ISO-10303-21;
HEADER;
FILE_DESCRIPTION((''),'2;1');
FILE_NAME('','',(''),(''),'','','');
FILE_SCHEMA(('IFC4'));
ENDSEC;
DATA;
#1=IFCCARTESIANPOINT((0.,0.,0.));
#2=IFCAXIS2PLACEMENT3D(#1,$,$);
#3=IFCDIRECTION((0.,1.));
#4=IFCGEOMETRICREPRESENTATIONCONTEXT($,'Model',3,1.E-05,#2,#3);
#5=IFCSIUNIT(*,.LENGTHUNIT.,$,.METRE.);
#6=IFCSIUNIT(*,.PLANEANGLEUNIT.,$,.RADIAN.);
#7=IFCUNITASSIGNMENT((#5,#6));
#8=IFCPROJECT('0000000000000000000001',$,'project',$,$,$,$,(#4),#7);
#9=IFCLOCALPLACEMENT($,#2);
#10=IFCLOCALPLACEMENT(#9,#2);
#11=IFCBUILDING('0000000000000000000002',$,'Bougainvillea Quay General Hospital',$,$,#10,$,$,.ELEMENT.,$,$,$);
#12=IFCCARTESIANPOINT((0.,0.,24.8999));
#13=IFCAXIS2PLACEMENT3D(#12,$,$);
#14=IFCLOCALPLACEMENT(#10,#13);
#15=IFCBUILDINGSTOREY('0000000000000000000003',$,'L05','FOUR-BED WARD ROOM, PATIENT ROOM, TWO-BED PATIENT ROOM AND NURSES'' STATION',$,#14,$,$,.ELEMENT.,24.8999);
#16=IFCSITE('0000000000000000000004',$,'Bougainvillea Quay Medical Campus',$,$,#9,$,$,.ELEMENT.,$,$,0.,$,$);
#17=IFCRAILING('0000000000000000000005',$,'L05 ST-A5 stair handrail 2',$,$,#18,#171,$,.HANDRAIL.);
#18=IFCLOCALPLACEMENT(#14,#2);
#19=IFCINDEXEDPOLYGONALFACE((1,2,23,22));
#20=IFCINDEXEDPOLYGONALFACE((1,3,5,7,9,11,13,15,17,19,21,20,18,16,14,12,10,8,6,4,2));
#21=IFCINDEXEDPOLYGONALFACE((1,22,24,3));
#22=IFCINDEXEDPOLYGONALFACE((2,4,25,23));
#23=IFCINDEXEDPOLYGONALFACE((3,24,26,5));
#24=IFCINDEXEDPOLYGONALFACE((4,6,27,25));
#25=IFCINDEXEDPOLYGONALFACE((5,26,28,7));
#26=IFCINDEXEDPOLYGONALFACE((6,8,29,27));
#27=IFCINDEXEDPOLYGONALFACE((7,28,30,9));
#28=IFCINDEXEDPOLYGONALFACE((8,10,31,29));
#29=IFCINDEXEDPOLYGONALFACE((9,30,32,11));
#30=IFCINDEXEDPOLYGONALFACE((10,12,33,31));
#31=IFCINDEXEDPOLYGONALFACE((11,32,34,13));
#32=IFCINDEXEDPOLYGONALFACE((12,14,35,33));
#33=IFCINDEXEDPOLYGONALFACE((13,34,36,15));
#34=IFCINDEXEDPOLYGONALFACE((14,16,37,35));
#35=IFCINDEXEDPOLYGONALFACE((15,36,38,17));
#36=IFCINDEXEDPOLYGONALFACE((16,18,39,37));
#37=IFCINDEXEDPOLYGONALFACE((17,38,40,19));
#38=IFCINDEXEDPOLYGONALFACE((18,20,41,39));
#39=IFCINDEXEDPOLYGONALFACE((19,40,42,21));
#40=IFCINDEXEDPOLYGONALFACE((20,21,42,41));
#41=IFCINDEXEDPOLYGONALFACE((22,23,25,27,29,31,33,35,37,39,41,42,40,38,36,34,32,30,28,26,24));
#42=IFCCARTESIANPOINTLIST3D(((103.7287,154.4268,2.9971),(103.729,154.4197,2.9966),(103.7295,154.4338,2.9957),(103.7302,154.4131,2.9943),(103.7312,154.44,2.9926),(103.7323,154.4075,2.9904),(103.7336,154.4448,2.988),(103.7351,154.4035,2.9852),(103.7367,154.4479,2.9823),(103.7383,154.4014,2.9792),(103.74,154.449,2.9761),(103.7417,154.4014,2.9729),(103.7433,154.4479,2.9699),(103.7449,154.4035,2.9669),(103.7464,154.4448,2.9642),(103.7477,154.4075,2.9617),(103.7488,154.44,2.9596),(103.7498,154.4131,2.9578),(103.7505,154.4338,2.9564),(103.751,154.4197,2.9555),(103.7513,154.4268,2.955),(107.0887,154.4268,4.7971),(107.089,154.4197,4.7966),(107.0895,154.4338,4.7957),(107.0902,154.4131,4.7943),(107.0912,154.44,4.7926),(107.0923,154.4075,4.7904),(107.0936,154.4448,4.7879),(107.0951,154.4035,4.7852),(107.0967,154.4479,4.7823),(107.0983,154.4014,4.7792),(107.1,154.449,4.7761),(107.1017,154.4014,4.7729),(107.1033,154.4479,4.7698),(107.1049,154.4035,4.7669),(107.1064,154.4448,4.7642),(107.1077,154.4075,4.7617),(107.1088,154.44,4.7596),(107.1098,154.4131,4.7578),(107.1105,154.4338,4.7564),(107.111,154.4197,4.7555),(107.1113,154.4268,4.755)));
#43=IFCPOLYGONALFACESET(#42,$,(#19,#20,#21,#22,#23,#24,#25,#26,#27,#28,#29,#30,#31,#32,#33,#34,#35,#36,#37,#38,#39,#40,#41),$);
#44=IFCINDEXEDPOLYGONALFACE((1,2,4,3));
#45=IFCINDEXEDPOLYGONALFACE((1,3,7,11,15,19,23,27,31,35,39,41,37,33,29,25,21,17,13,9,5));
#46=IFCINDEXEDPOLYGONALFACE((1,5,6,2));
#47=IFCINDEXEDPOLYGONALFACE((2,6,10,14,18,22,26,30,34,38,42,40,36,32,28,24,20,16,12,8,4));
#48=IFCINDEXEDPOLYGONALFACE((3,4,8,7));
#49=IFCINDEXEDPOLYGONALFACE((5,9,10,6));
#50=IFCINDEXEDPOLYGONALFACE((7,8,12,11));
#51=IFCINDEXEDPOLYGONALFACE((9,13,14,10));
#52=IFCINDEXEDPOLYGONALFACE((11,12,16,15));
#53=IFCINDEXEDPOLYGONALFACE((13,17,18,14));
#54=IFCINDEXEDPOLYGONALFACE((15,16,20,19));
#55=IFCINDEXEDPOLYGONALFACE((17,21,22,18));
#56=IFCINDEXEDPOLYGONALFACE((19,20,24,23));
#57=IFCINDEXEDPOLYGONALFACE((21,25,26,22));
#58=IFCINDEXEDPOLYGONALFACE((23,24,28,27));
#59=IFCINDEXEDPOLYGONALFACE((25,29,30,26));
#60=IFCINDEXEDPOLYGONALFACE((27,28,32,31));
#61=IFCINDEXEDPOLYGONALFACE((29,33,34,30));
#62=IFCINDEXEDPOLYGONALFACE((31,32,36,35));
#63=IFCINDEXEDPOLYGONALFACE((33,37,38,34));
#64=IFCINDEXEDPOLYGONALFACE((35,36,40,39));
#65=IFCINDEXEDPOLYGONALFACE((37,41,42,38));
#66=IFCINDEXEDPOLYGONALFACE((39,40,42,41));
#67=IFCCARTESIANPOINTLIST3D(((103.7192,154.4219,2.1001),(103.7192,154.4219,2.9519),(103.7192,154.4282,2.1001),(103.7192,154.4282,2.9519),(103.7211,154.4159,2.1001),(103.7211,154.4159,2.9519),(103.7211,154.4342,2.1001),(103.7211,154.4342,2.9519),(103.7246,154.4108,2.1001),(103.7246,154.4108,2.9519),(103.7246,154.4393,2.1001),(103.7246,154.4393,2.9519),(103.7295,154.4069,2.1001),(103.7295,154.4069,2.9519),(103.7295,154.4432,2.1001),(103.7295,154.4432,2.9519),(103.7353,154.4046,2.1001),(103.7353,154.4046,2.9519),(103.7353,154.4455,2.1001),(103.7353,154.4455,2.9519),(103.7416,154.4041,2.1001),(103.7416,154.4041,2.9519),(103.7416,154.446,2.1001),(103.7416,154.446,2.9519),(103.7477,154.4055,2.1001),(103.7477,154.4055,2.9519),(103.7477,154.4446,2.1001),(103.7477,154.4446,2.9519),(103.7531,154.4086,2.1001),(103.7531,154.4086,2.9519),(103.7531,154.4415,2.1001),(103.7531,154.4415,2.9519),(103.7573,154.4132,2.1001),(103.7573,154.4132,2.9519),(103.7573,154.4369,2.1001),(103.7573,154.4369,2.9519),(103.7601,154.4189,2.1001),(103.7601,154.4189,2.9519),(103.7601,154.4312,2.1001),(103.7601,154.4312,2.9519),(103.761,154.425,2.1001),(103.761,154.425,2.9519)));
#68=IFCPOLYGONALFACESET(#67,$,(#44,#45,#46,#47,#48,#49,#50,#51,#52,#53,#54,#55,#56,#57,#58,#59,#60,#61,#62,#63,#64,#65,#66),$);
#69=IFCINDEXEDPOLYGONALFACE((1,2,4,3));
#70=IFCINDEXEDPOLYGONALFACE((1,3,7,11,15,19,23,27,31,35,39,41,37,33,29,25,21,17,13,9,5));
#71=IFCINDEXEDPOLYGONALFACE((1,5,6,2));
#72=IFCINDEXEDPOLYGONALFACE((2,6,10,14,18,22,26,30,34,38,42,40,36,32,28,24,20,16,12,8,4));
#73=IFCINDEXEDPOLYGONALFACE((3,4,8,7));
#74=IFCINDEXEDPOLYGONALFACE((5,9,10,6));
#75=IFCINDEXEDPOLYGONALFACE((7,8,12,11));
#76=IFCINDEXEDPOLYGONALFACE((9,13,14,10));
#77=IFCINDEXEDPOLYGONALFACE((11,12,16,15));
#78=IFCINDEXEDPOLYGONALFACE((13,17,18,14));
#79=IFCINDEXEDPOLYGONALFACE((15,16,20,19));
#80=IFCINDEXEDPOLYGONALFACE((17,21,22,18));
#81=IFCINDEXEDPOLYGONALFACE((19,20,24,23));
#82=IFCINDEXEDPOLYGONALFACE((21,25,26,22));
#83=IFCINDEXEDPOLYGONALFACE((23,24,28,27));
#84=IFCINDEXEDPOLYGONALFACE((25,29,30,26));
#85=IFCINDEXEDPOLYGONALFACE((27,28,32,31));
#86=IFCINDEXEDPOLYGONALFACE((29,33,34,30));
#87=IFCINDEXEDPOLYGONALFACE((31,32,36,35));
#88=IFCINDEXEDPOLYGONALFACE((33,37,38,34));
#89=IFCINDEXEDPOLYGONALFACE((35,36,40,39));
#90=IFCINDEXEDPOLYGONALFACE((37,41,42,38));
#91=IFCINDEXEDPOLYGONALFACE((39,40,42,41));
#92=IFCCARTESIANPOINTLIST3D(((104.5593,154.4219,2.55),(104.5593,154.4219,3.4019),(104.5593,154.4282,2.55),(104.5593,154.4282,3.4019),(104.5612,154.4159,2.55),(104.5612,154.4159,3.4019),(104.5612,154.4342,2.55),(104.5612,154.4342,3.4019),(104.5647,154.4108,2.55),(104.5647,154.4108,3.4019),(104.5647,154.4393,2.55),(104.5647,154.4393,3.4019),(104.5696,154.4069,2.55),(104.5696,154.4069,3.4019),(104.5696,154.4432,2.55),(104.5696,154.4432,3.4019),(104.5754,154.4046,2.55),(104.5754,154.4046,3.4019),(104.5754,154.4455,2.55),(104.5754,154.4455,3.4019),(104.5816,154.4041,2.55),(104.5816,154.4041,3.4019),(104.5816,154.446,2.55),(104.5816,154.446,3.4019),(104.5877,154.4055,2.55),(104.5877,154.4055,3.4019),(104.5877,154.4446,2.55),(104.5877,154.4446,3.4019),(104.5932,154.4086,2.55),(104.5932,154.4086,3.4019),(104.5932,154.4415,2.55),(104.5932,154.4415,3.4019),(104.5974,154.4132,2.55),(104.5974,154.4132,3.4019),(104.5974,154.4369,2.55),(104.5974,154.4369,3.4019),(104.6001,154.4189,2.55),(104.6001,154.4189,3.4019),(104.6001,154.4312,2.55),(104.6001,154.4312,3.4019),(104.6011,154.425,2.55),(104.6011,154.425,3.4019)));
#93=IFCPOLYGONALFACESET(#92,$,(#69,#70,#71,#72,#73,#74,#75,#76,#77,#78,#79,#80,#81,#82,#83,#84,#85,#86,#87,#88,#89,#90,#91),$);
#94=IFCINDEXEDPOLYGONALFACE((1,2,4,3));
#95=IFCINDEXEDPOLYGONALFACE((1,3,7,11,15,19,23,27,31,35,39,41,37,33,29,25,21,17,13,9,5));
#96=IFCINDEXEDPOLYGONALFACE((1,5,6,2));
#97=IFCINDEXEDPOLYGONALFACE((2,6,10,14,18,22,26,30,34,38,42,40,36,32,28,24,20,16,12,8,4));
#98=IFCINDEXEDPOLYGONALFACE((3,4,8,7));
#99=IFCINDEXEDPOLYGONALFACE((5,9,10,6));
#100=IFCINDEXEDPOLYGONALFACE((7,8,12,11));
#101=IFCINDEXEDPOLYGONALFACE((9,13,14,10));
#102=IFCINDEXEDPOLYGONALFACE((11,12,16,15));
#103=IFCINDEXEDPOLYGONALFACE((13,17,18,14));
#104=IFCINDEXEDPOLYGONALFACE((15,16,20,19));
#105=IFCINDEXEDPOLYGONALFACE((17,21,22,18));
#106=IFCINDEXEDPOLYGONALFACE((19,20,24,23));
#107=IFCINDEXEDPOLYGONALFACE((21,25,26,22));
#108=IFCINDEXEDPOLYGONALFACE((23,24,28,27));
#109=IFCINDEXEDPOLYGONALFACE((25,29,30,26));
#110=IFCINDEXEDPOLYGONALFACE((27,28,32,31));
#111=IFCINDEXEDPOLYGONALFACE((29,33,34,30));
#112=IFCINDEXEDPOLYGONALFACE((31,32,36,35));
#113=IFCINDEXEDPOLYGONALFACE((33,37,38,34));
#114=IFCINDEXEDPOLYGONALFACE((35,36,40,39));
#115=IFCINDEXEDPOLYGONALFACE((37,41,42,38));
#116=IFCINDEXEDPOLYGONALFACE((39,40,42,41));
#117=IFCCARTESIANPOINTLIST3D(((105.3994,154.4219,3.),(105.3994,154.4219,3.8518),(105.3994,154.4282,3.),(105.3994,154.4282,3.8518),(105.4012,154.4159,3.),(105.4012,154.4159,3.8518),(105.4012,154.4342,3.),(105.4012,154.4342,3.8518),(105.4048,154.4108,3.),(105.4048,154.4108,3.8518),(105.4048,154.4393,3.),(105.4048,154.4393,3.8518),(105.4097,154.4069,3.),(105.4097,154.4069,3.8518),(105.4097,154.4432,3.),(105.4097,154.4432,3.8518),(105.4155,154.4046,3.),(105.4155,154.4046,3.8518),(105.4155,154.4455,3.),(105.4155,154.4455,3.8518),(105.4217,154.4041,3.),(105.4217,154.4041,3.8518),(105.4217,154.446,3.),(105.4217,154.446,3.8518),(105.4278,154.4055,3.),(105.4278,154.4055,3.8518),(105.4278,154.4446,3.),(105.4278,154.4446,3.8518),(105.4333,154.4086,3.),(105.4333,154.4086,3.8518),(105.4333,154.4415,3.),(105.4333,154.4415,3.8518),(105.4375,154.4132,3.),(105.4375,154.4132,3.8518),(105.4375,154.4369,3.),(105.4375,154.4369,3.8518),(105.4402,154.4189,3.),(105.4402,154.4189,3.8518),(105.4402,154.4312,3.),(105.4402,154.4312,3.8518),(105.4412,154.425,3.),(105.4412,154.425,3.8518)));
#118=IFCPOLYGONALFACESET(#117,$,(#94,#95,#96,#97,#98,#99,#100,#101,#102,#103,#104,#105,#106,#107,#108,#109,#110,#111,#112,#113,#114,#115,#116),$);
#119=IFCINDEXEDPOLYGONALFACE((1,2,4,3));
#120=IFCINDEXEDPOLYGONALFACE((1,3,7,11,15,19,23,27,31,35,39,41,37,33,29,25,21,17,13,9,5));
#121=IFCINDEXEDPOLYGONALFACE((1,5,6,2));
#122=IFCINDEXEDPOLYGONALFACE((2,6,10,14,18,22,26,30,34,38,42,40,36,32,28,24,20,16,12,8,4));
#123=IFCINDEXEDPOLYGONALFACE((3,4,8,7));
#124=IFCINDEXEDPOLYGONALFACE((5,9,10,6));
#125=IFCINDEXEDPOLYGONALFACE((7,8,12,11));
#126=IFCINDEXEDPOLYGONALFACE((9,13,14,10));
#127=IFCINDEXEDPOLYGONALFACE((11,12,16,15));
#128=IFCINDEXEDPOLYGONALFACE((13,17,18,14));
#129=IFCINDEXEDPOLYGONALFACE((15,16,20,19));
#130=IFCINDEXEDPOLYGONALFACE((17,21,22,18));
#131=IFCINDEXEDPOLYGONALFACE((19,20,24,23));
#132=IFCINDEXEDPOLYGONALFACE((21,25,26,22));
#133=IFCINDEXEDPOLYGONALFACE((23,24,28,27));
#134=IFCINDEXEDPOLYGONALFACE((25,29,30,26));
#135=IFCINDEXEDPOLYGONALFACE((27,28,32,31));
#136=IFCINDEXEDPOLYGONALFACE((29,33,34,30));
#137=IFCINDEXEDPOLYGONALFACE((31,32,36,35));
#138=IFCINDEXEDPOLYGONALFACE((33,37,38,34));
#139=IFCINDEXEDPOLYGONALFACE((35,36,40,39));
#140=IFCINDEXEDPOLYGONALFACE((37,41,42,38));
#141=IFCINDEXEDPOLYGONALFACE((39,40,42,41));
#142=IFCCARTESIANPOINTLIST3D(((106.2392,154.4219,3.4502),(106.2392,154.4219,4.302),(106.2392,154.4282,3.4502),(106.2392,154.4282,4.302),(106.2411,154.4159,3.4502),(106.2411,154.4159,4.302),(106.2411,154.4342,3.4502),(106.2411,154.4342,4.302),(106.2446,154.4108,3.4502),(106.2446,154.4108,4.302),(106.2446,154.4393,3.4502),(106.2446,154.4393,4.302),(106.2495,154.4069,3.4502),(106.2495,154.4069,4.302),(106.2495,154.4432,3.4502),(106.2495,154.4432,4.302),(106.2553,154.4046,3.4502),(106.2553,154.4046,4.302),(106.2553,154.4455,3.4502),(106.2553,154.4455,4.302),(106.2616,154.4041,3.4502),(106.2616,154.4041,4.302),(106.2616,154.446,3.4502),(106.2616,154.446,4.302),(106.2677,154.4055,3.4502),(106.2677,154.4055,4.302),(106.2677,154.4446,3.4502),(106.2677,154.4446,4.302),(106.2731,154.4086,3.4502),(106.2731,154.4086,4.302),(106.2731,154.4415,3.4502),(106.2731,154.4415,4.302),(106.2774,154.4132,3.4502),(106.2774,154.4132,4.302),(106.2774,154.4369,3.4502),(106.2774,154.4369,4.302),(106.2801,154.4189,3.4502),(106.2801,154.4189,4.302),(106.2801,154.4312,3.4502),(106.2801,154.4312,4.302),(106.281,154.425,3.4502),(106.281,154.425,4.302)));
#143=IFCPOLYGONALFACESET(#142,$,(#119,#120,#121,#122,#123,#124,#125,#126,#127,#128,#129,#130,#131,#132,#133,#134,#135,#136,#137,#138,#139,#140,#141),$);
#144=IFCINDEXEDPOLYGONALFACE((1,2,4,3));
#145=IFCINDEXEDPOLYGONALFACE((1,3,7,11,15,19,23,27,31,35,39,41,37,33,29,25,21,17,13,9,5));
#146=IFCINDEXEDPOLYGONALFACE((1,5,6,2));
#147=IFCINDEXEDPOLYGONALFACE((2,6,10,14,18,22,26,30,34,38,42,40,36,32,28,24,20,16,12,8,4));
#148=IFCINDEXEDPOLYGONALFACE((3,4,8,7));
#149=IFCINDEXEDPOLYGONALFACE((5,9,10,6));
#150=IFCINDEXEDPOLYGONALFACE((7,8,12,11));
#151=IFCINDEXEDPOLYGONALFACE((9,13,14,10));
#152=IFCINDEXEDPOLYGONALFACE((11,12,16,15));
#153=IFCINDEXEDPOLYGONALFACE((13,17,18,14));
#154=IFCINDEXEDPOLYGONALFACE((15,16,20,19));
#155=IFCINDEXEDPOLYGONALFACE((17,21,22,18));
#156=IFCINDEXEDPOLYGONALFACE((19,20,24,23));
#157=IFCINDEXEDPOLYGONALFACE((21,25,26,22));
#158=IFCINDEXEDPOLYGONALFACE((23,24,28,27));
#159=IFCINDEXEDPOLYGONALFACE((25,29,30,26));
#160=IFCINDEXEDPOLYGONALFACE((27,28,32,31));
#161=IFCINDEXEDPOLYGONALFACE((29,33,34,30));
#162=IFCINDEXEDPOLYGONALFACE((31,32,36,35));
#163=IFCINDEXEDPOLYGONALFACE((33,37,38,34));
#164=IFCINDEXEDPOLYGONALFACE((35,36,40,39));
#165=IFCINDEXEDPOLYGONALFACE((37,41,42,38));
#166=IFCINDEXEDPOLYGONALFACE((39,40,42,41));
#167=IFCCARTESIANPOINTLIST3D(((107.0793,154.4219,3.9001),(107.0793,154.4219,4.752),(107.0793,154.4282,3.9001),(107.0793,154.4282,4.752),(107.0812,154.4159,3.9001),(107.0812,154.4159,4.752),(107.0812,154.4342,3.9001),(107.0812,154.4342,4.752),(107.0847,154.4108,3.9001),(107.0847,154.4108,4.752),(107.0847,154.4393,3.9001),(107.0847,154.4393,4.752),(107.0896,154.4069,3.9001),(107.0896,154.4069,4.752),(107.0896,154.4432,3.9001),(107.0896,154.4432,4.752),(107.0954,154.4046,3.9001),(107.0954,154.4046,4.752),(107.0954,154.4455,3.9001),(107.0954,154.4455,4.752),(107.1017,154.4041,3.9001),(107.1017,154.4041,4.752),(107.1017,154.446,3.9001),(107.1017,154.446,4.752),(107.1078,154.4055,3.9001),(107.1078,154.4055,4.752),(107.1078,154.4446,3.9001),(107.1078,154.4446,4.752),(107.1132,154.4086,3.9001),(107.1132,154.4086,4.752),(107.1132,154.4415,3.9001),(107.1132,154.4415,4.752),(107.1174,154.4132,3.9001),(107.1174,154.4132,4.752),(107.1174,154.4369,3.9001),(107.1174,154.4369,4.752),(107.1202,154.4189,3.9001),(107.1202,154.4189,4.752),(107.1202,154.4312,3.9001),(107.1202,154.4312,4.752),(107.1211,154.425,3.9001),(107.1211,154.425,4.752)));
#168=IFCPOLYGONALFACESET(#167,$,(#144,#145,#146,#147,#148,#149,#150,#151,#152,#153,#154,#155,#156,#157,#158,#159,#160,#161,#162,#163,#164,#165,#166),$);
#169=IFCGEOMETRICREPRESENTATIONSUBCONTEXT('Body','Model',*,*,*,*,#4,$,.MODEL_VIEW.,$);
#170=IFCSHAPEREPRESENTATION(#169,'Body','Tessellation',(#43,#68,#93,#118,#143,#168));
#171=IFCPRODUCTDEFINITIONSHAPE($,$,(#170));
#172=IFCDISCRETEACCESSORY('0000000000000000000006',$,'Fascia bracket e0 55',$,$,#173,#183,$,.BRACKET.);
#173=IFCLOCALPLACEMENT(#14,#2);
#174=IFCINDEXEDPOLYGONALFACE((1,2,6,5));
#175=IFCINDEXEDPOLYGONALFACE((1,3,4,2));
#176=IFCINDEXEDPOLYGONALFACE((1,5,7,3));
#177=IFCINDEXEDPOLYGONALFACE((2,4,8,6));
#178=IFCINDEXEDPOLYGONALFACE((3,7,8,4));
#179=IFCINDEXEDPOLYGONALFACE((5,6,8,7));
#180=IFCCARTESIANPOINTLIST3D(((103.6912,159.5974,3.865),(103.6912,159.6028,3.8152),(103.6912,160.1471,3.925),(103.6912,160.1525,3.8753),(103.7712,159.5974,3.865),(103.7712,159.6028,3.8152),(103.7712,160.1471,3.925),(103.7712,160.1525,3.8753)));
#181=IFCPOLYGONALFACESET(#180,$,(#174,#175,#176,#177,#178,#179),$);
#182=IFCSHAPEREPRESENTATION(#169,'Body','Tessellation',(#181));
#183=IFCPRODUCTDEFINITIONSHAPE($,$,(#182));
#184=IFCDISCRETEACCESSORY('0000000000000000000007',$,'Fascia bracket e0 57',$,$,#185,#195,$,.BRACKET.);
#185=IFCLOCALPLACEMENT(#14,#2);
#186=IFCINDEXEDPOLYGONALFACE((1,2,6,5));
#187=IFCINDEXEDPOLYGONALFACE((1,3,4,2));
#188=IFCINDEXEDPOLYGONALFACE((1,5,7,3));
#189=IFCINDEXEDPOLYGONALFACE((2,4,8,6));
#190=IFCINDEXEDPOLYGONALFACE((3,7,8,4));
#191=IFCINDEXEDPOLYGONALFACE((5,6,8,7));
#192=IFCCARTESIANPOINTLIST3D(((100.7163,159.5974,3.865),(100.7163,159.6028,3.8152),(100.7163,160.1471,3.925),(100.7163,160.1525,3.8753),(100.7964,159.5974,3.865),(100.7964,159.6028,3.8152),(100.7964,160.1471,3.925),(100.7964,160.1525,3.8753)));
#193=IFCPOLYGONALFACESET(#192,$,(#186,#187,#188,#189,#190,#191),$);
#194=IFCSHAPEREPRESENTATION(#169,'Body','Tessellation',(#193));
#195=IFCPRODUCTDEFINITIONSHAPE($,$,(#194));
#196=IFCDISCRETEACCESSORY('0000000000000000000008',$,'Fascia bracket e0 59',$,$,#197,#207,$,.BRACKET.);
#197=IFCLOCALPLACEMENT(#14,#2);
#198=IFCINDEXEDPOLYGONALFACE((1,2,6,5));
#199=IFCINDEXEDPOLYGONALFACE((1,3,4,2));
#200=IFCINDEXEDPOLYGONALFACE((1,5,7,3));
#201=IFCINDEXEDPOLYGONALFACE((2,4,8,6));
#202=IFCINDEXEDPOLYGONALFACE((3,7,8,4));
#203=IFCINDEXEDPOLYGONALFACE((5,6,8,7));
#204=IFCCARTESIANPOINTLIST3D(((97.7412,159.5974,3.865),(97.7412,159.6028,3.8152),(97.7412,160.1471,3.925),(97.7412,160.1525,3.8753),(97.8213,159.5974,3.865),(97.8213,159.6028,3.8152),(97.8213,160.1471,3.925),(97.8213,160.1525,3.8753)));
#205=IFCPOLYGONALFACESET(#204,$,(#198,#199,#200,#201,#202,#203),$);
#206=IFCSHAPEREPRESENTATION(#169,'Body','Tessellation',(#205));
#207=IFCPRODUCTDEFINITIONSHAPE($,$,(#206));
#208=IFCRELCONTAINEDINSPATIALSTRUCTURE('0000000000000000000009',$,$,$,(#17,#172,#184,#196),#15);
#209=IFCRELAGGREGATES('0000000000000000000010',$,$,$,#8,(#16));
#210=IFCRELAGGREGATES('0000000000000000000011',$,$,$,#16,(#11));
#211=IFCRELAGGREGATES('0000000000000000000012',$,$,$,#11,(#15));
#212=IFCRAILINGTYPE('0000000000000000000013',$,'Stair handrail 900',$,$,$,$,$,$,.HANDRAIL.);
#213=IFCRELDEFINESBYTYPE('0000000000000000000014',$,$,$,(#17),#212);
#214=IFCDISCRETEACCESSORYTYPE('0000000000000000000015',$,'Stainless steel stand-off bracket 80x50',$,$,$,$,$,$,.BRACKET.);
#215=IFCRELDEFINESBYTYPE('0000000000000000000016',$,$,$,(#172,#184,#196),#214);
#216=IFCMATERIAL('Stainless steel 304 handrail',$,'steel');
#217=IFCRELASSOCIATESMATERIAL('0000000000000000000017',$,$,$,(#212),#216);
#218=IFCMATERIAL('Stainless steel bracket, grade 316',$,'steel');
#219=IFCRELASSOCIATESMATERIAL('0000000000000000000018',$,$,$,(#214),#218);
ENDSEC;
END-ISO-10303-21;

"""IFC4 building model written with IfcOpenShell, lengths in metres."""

from ifc_helpers import new_model, si_unit, direction, frame, origin, origin_2d, place, context, subcontext, project, spatial, rectangle, circle, extrude, material, material_profile, profile_set, type_object, element, save


model = new_model("IFC4")

# Units and contexts
model_context = context("Model", 3, precision=1e-05, world=origin(), true_north=direction((0.0, 1.0)))
body_context = subcontext(model_context, "Body", "Model", "MODEL_VIEW")
ifc_project = project(units=[si_unit("LENGTHUNIT", "METRE"), si_unit("PLANEANGLEUNIT", "RADIAN")], contexts=[model_context])

# Site, building, storey
site_placement = place(None, origin())
site = spatial("IfcSite", under=ifc_project, at=site_placement, Name="Bougainvillea Quay Medical Campus", CompositionType="ELEMENT", RefElevation=0.0)
building_placement = place(site_placement, origin())
building = spatial("IfcBuilding", under=site, at=building_placement, Name="Bougainvillea Quay General Hospital", CompositionType="ELEMENT")
storey_placement = place(building_placement, frame((0.0, 0.0, 24.8999)))
storey = spatial("IfcBuildingStorey", under=building, at=storey_placement, Name="L05", Description="FOUR-BED WARD ROOM, PATIENT ROOM, TWO-BED PATIENT ROOM AND NURSES' STATION", CompositionType="ELEMENT", Elevation=24.8999)

# Railing
ifc_material_1 = material(Name="Stainless steel 304 handrail", Category="steel")
railing_type_1 = type_object("IfcRailingType", Name="Stair handrail 900", PredefinedType="HANDRAIL", material=ifc_material_1)
railing_1_placement = place(storey_placement, frame((103.74, 154.425, 2.1001)))
element("IfcRailing", 1, at=railing_1_placement, inside=storey, type_object=railing_type_1, Name="L05 ST-A5 stair handrail 2", PredefinedType="HANDRAIL", context=body_context, shape_type="SweptSolid", body=[
    extrude(circle(Radius=0.0239, at=origin_2d()), frame((0.0, 0.0, 0.876), z_axis=(0.881481, 0.0, 0.47222), x_axis=(0.0, 1.0, 0.0)), (0.0, 0.0, 1.0), 3.8118),
    extrude(circle(Radius=0.021, at=origin_2d()), origin(), (0.0, 0.0, 1.0), 0.8518),
    extrude(circle(Radius=0.021, at=origin_2d()), frame((0.8401, 0.0, 0.45)), (0.0, 0.0, 1.0), 0.8518),
    extrude(circle(Radius=0.021, at=origin_2d()), frame((1.6802, 0.0, 0.8999)), (0.0, 0.0, 1.0), 0.8518),
    extrude(circle(Radius=0.021, at=origin_2d()), frame((2.52, 0.0, 1.3501)), (0.0, 0.0, 1.0), 0.8518),
    extrude(circle(Radius=0.021, at=origin_2d()), frame((3.3601, 0.0, 1.8)), (0.0, 0.0, 1.0), 0.8518),
])

# Discrete accessories
ifc_material_2 = material(Name="Stainless steel bracket, grade 316", Category="steel")
ifc_material_profile_1 = material_profile(ifc_material_2, rectangle(XDim=0.0801, YDim=0.05, at=origin_2d()))
ifc_profile_set_1 = profile_set([ifc_material_profile_1], Name="Stainless steel bracket, grade 316")
discrete_accessory_type = type_object("IfcDiscreteAccessoryType", Name="Stainless steel stand-off bracket 80x50", PredefinedType="BRACKET", material=ifc_profile_set_1)
for number, where, z_axis, x_axis, name in (
    (2, (103.7312, 159.6001, 3.8401), (0.0, 0.994087, 0.10859), (-1.0, 0.0, 0.0), "Fascia bracket e0 55"),
    (3, (100.7563, 159.6001, 3.8401), (0.0, 0.994087, 0.10859), (-1.0, 0.0, 0.0), "Fascia bracket e0 57"),
    (4, (97.7812, 159.6001, 3.8401), (0.0, 0.994087, 0.10859), (-1.0, 0.0, 0.0), "Fascia bracket e0 59"),
):
    element("IfcDiscreteAccessory", number, at=place(storey_placement, frame(where, z_axis=z_axis, x_axis=x_axis)), inside=storey, type_object=discrete_accessory_type, Name=name, PredefinedType="BRACKET", context=body_context, shape_type="SweptSolid", body=[
        extrude(rectangle(XDim=0.0801, YDim=0.05, at=origin_2d()), origin(), (0.0, 0.0, 1.0), 0.553),
    ])

save(model, "model.ifc")
